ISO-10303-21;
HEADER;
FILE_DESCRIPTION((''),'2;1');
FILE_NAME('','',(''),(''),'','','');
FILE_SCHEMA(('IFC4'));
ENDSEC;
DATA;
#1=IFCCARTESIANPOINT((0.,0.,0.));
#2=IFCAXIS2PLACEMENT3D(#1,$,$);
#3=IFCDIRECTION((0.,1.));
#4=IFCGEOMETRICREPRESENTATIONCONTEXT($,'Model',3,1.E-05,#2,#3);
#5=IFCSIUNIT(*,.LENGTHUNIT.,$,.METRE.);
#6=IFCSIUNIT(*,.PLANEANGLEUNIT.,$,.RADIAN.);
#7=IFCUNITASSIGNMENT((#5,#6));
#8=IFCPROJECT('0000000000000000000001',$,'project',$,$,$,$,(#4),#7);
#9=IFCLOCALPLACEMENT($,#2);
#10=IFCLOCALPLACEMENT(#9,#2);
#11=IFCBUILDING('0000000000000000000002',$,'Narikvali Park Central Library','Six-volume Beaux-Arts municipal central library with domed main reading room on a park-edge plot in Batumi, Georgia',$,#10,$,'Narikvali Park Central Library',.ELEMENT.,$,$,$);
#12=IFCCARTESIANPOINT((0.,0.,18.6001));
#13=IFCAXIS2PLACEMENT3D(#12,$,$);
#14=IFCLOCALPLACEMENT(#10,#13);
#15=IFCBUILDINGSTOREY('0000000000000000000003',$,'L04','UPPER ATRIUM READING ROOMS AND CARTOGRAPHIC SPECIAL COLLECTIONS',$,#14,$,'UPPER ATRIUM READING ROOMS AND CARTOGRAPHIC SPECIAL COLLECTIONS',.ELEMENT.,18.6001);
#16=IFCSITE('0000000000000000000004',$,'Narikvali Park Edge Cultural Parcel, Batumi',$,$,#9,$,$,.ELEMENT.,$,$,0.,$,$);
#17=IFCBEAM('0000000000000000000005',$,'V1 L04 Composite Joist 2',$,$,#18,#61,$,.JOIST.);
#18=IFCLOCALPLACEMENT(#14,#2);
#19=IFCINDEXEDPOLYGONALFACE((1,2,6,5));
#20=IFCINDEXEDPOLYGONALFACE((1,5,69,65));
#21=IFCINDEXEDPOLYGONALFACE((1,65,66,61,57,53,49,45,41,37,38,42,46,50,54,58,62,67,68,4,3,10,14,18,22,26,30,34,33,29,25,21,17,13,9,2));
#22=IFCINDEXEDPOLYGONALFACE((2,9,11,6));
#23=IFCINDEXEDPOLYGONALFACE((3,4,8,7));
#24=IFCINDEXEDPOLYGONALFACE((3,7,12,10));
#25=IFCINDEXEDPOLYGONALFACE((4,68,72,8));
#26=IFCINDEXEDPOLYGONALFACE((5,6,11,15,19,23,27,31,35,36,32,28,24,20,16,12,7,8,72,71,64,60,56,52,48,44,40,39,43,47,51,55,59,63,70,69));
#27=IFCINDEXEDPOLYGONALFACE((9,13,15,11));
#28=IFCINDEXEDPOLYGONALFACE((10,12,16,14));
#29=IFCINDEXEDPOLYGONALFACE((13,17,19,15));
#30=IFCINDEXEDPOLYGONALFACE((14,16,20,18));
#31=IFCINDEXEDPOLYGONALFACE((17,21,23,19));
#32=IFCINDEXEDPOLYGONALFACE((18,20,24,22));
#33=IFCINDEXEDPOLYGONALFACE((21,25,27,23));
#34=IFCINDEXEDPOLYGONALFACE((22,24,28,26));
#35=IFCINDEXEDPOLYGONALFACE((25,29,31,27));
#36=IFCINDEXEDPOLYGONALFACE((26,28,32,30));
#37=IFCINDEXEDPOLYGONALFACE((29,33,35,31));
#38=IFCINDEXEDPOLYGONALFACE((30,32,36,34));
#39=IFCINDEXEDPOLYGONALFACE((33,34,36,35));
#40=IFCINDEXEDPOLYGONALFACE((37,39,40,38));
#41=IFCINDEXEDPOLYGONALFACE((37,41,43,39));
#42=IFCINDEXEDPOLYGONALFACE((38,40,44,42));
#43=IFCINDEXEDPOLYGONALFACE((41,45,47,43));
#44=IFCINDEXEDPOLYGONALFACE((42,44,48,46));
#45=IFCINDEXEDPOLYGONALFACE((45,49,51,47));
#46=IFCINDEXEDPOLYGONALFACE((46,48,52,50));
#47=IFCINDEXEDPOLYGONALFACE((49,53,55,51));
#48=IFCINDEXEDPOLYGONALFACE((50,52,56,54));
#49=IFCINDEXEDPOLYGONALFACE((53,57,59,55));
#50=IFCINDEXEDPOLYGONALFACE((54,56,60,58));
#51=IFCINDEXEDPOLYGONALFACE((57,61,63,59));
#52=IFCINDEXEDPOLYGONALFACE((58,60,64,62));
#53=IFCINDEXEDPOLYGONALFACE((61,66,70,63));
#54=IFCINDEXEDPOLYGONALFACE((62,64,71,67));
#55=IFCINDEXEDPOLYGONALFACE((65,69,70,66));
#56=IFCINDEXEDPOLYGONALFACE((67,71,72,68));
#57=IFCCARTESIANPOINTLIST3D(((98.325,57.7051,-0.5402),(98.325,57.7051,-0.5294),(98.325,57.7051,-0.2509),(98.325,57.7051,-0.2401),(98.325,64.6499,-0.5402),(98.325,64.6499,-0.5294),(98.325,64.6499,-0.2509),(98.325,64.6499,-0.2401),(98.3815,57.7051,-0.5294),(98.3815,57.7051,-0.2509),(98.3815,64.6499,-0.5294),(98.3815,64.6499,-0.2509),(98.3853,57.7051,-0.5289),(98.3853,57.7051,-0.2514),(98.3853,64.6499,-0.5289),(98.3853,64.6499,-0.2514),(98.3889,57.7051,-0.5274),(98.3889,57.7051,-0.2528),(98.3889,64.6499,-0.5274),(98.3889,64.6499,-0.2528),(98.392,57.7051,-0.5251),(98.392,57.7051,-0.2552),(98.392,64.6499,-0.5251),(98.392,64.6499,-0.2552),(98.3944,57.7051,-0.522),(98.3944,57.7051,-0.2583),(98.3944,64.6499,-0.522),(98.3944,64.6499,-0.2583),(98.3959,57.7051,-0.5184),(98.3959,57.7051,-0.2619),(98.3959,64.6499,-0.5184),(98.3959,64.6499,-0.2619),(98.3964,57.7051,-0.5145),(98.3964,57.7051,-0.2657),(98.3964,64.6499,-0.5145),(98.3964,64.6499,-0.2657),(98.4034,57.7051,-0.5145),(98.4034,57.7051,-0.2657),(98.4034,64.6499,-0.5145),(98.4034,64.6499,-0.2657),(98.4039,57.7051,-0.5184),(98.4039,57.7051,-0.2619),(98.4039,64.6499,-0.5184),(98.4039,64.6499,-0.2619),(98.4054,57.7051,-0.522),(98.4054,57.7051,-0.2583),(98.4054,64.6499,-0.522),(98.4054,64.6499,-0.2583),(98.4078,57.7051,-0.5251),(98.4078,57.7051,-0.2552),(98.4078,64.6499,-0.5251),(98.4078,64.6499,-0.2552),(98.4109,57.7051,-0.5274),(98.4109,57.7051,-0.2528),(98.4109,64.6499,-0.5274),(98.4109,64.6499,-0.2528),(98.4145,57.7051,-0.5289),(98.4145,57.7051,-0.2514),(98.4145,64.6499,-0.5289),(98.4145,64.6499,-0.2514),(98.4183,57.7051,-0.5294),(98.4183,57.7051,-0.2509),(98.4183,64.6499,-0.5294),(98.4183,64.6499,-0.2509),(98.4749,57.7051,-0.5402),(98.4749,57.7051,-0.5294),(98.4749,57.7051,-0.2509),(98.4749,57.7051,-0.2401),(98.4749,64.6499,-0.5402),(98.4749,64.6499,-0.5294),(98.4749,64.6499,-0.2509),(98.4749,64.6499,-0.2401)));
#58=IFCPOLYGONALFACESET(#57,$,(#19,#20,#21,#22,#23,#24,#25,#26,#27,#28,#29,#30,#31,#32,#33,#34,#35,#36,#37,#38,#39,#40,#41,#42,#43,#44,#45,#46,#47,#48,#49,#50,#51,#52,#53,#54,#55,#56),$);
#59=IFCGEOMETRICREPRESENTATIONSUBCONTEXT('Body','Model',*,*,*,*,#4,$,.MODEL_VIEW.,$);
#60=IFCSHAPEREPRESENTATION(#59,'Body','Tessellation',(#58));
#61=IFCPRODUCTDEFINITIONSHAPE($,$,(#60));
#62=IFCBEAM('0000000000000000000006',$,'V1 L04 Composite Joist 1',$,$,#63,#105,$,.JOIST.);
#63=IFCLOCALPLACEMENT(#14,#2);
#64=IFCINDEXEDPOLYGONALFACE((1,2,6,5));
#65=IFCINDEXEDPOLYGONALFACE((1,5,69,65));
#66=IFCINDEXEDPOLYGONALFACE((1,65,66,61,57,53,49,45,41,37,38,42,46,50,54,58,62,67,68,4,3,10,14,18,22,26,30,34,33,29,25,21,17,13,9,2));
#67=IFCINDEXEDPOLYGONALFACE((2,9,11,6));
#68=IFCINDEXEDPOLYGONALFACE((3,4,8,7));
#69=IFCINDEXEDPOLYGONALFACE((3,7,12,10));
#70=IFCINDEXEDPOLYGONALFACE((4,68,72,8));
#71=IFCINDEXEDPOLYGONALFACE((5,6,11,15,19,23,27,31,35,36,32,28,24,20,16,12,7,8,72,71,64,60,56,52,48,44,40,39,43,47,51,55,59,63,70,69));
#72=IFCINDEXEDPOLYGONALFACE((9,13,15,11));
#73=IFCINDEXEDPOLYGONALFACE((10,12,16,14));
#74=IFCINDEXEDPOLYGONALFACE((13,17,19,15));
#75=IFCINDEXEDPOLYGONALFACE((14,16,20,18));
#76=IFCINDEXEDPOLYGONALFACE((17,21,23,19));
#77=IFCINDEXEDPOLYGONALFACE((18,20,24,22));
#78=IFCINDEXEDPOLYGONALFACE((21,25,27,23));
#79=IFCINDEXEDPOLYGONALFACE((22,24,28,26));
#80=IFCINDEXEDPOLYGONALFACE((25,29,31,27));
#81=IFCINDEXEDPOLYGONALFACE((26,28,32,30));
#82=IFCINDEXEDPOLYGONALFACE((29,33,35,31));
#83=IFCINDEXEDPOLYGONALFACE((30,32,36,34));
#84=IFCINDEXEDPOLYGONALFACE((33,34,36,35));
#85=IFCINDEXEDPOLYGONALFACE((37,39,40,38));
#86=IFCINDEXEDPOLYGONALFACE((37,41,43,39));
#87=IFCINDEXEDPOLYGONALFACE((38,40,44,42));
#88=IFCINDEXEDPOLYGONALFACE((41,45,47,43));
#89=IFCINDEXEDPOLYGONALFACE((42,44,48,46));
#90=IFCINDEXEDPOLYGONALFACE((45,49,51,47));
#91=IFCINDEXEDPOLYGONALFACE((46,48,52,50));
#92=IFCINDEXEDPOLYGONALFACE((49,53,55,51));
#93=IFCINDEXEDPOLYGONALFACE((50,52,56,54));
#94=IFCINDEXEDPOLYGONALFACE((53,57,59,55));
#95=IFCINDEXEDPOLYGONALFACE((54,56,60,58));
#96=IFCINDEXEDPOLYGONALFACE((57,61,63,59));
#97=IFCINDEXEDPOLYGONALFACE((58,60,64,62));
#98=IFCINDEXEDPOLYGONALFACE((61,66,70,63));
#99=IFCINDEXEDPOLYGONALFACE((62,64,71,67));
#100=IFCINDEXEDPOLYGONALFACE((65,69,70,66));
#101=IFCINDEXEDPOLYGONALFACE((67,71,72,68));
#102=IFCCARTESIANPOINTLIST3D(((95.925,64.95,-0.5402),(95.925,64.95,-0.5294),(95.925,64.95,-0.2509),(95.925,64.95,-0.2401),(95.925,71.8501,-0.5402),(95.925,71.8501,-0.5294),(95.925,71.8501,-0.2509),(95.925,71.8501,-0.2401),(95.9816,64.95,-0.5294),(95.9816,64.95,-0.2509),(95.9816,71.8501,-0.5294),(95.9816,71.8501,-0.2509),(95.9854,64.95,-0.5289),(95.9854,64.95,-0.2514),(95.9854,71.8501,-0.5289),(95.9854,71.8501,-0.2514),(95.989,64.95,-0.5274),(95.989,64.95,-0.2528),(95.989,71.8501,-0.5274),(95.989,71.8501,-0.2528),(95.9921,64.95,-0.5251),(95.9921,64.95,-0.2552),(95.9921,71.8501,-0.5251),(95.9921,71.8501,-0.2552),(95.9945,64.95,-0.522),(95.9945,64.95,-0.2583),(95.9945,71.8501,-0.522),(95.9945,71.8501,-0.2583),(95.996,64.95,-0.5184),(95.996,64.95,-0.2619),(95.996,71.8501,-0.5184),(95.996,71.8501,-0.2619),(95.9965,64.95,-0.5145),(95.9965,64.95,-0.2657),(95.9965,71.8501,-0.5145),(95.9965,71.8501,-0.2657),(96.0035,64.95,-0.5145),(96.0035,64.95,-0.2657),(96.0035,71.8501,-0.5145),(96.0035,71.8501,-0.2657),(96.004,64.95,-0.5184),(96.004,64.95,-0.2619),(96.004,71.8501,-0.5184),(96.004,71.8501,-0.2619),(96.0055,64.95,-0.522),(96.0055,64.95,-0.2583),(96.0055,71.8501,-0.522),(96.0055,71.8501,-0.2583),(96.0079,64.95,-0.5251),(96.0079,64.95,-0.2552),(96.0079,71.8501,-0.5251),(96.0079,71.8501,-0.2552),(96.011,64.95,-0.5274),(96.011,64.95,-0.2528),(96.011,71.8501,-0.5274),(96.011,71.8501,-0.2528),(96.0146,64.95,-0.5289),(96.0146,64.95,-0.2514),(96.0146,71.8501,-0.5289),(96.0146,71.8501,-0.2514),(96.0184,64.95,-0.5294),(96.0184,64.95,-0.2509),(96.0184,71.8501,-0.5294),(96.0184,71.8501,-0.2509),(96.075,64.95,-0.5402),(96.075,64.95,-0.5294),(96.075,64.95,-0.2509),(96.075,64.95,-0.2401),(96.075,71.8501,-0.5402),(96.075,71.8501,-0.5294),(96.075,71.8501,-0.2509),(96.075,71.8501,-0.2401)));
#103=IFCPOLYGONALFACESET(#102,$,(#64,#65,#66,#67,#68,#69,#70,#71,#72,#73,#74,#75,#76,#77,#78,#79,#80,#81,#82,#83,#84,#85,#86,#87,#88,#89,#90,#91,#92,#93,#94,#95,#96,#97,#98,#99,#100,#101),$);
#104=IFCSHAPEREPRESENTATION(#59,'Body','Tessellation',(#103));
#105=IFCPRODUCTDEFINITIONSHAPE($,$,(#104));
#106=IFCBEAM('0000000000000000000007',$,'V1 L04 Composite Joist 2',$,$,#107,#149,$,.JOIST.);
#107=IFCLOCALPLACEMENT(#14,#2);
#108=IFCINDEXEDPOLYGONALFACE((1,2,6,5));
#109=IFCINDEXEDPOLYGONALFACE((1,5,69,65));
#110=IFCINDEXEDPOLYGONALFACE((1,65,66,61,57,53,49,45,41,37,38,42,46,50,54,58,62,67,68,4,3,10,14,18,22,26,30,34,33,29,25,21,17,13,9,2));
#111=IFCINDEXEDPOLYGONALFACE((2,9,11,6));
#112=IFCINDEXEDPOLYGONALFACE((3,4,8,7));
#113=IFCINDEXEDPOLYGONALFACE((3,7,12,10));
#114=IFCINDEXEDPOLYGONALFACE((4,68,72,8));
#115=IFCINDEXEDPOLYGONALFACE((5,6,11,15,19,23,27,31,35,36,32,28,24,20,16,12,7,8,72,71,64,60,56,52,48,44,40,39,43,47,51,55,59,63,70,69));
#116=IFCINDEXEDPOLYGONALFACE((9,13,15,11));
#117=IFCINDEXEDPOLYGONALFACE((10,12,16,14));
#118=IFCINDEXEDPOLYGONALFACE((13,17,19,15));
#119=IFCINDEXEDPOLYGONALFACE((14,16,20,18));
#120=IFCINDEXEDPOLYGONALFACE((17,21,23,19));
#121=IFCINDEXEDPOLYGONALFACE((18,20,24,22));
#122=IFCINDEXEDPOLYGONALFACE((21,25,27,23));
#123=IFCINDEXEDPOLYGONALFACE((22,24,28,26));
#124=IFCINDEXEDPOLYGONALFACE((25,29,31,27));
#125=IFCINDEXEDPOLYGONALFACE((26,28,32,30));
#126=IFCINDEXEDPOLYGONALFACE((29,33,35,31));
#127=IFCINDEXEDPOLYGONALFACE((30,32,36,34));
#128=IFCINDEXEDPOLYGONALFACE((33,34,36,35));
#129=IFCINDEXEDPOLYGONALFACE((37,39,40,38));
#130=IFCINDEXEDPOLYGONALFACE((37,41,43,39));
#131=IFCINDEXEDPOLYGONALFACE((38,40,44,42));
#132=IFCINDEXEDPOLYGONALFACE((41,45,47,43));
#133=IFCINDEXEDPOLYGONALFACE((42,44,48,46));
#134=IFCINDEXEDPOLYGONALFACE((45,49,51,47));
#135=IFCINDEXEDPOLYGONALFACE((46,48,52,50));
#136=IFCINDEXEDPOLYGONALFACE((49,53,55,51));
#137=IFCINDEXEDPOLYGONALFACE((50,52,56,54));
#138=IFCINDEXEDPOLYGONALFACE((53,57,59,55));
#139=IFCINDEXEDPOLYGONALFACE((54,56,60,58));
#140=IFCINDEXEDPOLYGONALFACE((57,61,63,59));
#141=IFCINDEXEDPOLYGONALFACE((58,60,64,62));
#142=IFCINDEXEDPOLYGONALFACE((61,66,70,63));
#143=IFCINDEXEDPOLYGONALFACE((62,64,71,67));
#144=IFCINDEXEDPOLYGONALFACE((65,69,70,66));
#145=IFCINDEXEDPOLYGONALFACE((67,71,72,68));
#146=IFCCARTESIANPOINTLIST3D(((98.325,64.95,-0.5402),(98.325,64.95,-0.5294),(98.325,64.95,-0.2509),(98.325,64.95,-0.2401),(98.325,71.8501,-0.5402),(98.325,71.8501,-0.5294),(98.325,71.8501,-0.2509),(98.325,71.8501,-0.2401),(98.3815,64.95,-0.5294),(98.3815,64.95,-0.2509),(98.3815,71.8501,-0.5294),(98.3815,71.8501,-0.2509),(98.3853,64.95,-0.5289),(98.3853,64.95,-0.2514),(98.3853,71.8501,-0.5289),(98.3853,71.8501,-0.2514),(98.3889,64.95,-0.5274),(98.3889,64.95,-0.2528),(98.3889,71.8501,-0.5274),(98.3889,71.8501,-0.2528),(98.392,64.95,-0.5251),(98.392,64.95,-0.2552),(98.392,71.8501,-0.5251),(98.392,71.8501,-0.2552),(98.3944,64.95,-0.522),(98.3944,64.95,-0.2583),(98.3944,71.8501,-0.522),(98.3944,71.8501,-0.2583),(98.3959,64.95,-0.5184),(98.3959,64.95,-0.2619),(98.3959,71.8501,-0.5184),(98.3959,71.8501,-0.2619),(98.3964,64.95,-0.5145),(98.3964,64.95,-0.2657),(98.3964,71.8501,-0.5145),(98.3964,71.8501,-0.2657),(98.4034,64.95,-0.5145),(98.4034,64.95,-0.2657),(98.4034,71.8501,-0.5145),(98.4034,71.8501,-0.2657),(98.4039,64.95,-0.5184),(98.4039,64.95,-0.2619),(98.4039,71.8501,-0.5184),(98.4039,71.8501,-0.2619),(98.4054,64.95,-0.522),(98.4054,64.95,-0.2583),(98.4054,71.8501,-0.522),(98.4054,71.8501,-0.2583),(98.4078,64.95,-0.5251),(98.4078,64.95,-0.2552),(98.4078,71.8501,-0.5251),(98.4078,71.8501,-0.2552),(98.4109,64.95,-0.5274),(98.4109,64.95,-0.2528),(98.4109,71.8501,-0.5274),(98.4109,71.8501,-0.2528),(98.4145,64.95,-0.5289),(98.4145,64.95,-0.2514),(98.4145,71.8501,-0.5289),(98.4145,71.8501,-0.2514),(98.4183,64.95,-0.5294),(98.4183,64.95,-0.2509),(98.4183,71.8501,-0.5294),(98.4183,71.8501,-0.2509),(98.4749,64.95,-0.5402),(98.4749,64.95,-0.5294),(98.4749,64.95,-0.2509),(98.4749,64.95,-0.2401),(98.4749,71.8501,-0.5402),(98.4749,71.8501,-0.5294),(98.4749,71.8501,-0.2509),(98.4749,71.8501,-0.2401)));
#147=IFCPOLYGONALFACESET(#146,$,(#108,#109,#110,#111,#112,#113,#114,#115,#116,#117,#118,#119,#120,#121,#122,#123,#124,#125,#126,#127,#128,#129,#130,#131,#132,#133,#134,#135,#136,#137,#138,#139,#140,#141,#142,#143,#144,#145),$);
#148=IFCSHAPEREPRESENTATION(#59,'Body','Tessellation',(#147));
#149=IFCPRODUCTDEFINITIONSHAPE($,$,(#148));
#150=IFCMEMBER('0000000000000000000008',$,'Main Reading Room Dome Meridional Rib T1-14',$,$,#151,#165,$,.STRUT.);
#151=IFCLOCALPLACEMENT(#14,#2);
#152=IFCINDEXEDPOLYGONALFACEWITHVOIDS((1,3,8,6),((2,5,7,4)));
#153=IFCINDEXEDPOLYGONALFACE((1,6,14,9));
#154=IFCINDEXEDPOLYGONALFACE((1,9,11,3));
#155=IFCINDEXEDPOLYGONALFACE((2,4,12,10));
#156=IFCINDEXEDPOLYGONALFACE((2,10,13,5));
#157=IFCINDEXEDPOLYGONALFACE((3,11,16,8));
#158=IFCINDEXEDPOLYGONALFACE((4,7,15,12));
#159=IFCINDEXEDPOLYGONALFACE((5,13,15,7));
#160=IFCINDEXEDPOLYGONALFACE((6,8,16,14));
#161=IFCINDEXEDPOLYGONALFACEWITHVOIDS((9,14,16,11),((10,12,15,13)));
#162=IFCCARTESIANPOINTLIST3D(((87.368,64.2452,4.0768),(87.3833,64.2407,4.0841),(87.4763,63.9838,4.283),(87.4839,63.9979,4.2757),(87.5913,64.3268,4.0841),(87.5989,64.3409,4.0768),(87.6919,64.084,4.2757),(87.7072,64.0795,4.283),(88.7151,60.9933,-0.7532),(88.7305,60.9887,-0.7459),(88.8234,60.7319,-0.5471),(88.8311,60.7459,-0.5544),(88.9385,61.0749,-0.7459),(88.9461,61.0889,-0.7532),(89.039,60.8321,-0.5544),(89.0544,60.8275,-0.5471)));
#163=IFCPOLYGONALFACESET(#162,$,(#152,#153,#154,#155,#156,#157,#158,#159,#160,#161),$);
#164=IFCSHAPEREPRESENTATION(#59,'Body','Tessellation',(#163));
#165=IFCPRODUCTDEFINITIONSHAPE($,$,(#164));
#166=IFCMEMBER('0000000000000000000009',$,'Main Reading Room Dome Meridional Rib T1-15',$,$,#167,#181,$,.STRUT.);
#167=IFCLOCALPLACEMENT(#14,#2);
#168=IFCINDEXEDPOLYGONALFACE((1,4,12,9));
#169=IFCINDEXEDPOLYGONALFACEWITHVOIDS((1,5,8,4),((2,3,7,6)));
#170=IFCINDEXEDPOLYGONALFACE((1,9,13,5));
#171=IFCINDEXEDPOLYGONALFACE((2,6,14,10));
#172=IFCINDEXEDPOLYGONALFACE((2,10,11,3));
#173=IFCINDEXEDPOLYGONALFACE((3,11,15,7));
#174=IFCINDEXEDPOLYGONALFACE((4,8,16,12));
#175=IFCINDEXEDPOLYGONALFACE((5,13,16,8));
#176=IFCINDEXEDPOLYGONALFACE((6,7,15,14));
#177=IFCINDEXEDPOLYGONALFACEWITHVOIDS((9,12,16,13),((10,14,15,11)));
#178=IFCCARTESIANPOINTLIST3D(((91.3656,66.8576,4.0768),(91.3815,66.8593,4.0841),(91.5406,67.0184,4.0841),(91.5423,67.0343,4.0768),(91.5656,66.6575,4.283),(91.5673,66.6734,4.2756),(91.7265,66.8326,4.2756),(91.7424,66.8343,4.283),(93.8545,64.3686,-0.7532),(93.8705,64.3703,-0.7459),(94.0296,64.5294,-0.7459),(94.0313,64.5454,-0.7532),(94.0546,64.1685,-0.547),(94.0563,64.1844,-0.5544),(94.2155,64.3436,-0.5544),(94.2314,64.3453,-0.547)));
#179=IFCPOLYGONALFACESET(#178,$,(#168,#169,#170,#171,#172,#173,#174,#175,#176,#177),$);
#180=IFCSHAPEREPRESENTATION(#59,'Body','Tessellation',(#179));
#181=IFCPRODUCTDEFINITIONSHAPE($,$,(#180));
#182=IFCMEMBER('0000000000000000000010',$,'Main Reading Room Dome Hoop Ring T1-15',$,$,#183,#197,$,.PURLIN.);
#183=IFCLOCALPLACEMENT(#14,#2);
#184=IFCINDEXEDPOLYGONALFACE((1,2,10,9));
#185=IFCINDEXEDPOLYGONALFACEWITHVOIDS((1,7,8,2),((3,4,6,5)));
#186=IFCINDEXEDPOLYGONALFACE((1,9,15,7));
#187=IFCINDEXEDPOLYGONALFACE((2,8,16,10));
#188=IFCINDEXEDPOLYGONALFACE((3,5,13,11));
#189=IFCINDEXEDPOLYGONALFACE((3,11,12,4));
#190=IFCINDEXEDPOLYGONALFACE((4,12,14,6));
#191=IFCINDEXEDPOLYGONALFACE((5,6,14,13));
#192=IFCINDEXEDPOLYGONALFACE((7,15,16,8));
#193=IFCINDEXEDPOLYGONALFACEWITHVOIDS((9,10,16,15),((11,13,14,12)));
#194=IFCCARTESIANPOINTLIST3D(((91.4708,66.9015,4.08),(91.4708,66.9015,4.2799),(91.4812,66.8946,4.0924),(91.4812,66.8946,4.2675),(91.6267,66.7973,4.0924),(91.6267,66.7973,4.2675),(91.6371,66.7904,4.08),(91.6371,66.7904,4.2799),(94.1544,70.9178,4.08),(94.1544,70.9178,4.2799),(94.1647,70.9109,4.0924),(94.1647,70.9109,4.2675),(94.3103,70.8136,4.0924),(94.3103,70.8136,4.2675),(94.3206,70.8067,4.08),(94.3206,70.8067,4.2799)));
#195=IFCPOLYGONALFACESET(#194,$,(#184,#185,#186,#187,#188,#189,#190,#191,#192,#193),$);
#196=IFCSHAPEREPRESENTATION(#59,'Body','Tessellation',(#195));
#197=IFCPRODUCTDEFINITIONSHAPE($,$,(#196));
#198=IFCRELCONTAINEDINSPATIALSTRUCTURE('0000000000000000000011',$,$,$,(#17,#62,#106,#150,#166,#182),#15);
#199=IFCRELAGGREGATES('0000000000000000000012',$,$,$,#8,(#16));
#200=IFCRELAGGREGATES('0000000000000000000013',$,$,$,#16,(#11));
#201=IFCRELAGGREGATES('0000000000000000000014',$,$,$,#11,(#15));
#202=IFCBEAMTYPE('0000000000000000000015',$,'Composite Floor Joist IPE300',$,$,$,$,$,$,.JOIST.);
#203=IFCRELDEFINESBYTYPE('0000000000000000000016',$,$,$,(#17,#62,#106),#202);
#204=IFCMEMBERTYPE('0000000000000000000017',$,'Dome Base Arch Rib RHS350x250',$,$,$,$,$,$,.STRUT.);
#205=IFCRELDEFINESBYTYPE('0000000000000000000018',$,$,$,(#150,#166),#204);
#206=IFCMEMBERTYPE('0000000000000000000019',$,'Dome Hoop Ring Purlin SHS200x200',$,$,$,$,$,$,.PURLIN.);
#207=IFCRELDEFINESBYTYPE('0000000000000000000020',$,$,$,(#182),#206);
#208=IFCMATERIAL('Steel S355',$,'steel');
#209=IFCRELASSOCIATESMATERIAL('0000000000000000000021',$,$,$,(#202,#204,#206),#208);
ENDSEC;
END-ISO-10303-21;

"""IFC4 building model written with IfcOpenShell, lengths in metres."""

from ifc_helpers import new_model, si_unit, direction, frame, origin, origin_2d, place, context, subcontext, project, spatial, hollow_rectangle, i_section, extrude, material, material_profile, profile_set, type_object, element, save


model = new_model("IFC4")

# Units and contexts
model_context = context("Model", 3, precision=1e-05, world=origin(), true_north=direction((0.0, 1.0)))
body_context = subcontext(model_context, "Body", "Model", "MODEL_VIEW")
ifc_project = project(units=[si_unit("LENGTHUNIT", "METRE"), si_unit("PLANEANGLEUNIT", "RADIAN")], contexts=[model_context])

# Site, building, storey
site_placement = place(None, origin())
site = spatial("IfcSite", under=ifc_project, at=site_placement, Name="Narikvali Park Edge Cultural Parcel, Batumi", CompositionType="ELEMENT", RefElevation=0.0)
building_placement = place(site_placement, origin())
building = spatial("IfcBuilding", under=site, at=building_placement, Name="Narikvali Park Central Library", Description="Six-volume Beaux-Arts municipal central library with domed main reading room on a park-edge plot in Batumi, Georgia", LongName="Narikvali Park Central Library", CompositionType="ELEMENT")
storey_placement = place(building_placement, frame((0.0, 0.0, 18.6001)))
storey = spatial("IfcBuildingStorey", under=building, at=storey_placement, Name="L04", Description="UPPER ATRIUM READING ROOMS AND CARTOGRAPHIC SPECIAL COLLECTIONS", LongName="UPPER ATRIUM READING ROOMS AND CARTOGRAPHIC SPECIAL COLLECTIONS", CompositionType="ELEMENT", Elevation=18.6001)

# Beams
ifc_material_1 = material(Name="Steel S355", Category="steel")
ifc_material_profile_1 = material_profile(ifc_material_1, i_section(OverallWidth=0.1499, OverallDepth=0.3, WebThickness=0.0071, FlangeThickness=0.0107, FilletRadius=0.0149, at=origin_2d()), Name="IPE 300")
ifc_profile_set_1 = profile_set([ifc_material_profile_1], Name="Steel S355")
beam_type_1 = type_object("IfcBeamType", Name="Composite Floor Joist IPE300", PredefinedType="JOIST", material=ifc_profile_set_1)
for number, where, z_axis, x_axis, name in (
    (1, (98.3999, 57.7051, -0.3901), (0.0, 1.0, 0.0), (-1.0, 0.0, 0.0), "V1 L04 Composite Joist 2"),
):
    element("IfcBeam", number, at=place(storey_placement, frame(where, z_axis=z_axis, x_axis=x_axis)), inside=storey, type_object=beam_type_1, Name=name, PredefinedType="JOIST", context=body_context, shape_type="SweptSolid", body=[
        extrude(i_section(OverallWidth=0.1499, OverallDepth=0.3, WebThickness=0.0071, FlangeThickness=0.0107, FilletRadius=0.0149, at=origin_2d()), origin(), (0.0, 0.0, 1.0), 6.9448),
    ])
for number, where, z_axis, x_axis, name in (
    (2, (96.0, 64.95, -0.3901), (0.0, 1.0, 0.0), (-1.0, 0.0, 0.0), "V1 L04 Composite Joist 1"),
    (3, (98.3999, 64.95, -0.3901), (0.0, 1.0, 0.0), (-1.0, 0.0, 0.0), "V1 L04 Composite Joist 2"),
):
    element("IfcBeam", number, at=place(storey_placement, frame(where, z_axis=z_axis, x_axis=x_axis)), inside=storey, type_object=beam_type_1, Name=name, PredefinedType="JOIST", context=body_context, shape_type="SweptSolid", body=[
        extrude(i_section(OverallWidth=0.1499, OverallDepth=0.3, WebThickness=0.0071, FlangeThickness=0.0107, FilletRadius=0.0149, at=origin_2d()), origin(), (0.0, 0.0, 1.0), 6.9001),
    ])

# Members
ifc_material_profile_2 = material_profile(ifc_material_1, hollow_rectangle(XDim=0.25, YDim=0.3501, WallThickness=0.0125, at=origin_2d()), Name="RHS 350x250x12.5")
ifc_profile_set_2 = profile_set([ifc_material_profile_2], Name="Steel S355")
member_type_1 = type_object("IfcMemberType", Name="Dome Base Arch Rib RHS350x250", PredefinedType="STRUT", material=ifc_profile_set_2)
for number, where, z_axis, x_axis, name in (
    (4, (88.8848, 60.9104, -0.6501), (-0.225407, 0.544114, 0.808165), (-0.923863, -0.382723, 0.0), "Main Reading Room Dome Meridional Rib T1-14"),
    (5, (94.043, 64.3569, -0.6501), (-0.416458, 0.416458, 0.808162), (-0.707107, -0.707107, 0.0), "Main Reading Room Dome Meridional Rib T1-15"),
):
    element("IfcMember", number, at=place(storey_placement, frame(where, z_axis=z_axis, x_axis=x_axis)), inside=storey, type_object=member_type_1, Name=name, PredefinedType="STRUT", context=body_context, shape_type="SweptSolid", body=[
        extrude(hollow_rectangle(XDim=0.25, YDim=0.3501, WallThickness=0.0125, at=origin_2d()), origin(), (0.0, 0.0, 1.0), 5.9766),
    ])
ifc_material_profile_3 = material_profile(ifc_material_1, hollow_rectangle(XDim=0.2, YDim=0.2, WallThickness=0.0125, at=origin_2d()), Name="SHS 200x200x12.5")
ifc_profile_set_3 = profile_set([ifc_material_profile_3], Name="Steel S355")
member_type_2 = type_object("IfcMemberType", Name="Dome Hoop Ring Purlin SHS200x200", PredefinedType="PURLIN", material=ifc_profile_set_3)
member_1_placement = place(storey_placement, frame((91.554, 66.8459, 4.1799), z_axis=(0.555563, 0.831474, 0.0), x_axis=(-0.831474, 0.555563, 0.0)))
element("IfcMember", 6, at=member_1_placement, inside=storey, type_object=member_type_2, Name="Main Reading Room Dome Hoop Ring T1-15", PredefinedType="PURLIN", context=body_context, shape_type="SweptSolid", body=[
    extrude(hollow_rectangle(XDim=0.2, YDim=0.2, WallThickness=0.0125, at=origin_2d()), origin(), (0.0, 0.0, 1.0), 4.8303),
])

save(model, "model.ifc")
